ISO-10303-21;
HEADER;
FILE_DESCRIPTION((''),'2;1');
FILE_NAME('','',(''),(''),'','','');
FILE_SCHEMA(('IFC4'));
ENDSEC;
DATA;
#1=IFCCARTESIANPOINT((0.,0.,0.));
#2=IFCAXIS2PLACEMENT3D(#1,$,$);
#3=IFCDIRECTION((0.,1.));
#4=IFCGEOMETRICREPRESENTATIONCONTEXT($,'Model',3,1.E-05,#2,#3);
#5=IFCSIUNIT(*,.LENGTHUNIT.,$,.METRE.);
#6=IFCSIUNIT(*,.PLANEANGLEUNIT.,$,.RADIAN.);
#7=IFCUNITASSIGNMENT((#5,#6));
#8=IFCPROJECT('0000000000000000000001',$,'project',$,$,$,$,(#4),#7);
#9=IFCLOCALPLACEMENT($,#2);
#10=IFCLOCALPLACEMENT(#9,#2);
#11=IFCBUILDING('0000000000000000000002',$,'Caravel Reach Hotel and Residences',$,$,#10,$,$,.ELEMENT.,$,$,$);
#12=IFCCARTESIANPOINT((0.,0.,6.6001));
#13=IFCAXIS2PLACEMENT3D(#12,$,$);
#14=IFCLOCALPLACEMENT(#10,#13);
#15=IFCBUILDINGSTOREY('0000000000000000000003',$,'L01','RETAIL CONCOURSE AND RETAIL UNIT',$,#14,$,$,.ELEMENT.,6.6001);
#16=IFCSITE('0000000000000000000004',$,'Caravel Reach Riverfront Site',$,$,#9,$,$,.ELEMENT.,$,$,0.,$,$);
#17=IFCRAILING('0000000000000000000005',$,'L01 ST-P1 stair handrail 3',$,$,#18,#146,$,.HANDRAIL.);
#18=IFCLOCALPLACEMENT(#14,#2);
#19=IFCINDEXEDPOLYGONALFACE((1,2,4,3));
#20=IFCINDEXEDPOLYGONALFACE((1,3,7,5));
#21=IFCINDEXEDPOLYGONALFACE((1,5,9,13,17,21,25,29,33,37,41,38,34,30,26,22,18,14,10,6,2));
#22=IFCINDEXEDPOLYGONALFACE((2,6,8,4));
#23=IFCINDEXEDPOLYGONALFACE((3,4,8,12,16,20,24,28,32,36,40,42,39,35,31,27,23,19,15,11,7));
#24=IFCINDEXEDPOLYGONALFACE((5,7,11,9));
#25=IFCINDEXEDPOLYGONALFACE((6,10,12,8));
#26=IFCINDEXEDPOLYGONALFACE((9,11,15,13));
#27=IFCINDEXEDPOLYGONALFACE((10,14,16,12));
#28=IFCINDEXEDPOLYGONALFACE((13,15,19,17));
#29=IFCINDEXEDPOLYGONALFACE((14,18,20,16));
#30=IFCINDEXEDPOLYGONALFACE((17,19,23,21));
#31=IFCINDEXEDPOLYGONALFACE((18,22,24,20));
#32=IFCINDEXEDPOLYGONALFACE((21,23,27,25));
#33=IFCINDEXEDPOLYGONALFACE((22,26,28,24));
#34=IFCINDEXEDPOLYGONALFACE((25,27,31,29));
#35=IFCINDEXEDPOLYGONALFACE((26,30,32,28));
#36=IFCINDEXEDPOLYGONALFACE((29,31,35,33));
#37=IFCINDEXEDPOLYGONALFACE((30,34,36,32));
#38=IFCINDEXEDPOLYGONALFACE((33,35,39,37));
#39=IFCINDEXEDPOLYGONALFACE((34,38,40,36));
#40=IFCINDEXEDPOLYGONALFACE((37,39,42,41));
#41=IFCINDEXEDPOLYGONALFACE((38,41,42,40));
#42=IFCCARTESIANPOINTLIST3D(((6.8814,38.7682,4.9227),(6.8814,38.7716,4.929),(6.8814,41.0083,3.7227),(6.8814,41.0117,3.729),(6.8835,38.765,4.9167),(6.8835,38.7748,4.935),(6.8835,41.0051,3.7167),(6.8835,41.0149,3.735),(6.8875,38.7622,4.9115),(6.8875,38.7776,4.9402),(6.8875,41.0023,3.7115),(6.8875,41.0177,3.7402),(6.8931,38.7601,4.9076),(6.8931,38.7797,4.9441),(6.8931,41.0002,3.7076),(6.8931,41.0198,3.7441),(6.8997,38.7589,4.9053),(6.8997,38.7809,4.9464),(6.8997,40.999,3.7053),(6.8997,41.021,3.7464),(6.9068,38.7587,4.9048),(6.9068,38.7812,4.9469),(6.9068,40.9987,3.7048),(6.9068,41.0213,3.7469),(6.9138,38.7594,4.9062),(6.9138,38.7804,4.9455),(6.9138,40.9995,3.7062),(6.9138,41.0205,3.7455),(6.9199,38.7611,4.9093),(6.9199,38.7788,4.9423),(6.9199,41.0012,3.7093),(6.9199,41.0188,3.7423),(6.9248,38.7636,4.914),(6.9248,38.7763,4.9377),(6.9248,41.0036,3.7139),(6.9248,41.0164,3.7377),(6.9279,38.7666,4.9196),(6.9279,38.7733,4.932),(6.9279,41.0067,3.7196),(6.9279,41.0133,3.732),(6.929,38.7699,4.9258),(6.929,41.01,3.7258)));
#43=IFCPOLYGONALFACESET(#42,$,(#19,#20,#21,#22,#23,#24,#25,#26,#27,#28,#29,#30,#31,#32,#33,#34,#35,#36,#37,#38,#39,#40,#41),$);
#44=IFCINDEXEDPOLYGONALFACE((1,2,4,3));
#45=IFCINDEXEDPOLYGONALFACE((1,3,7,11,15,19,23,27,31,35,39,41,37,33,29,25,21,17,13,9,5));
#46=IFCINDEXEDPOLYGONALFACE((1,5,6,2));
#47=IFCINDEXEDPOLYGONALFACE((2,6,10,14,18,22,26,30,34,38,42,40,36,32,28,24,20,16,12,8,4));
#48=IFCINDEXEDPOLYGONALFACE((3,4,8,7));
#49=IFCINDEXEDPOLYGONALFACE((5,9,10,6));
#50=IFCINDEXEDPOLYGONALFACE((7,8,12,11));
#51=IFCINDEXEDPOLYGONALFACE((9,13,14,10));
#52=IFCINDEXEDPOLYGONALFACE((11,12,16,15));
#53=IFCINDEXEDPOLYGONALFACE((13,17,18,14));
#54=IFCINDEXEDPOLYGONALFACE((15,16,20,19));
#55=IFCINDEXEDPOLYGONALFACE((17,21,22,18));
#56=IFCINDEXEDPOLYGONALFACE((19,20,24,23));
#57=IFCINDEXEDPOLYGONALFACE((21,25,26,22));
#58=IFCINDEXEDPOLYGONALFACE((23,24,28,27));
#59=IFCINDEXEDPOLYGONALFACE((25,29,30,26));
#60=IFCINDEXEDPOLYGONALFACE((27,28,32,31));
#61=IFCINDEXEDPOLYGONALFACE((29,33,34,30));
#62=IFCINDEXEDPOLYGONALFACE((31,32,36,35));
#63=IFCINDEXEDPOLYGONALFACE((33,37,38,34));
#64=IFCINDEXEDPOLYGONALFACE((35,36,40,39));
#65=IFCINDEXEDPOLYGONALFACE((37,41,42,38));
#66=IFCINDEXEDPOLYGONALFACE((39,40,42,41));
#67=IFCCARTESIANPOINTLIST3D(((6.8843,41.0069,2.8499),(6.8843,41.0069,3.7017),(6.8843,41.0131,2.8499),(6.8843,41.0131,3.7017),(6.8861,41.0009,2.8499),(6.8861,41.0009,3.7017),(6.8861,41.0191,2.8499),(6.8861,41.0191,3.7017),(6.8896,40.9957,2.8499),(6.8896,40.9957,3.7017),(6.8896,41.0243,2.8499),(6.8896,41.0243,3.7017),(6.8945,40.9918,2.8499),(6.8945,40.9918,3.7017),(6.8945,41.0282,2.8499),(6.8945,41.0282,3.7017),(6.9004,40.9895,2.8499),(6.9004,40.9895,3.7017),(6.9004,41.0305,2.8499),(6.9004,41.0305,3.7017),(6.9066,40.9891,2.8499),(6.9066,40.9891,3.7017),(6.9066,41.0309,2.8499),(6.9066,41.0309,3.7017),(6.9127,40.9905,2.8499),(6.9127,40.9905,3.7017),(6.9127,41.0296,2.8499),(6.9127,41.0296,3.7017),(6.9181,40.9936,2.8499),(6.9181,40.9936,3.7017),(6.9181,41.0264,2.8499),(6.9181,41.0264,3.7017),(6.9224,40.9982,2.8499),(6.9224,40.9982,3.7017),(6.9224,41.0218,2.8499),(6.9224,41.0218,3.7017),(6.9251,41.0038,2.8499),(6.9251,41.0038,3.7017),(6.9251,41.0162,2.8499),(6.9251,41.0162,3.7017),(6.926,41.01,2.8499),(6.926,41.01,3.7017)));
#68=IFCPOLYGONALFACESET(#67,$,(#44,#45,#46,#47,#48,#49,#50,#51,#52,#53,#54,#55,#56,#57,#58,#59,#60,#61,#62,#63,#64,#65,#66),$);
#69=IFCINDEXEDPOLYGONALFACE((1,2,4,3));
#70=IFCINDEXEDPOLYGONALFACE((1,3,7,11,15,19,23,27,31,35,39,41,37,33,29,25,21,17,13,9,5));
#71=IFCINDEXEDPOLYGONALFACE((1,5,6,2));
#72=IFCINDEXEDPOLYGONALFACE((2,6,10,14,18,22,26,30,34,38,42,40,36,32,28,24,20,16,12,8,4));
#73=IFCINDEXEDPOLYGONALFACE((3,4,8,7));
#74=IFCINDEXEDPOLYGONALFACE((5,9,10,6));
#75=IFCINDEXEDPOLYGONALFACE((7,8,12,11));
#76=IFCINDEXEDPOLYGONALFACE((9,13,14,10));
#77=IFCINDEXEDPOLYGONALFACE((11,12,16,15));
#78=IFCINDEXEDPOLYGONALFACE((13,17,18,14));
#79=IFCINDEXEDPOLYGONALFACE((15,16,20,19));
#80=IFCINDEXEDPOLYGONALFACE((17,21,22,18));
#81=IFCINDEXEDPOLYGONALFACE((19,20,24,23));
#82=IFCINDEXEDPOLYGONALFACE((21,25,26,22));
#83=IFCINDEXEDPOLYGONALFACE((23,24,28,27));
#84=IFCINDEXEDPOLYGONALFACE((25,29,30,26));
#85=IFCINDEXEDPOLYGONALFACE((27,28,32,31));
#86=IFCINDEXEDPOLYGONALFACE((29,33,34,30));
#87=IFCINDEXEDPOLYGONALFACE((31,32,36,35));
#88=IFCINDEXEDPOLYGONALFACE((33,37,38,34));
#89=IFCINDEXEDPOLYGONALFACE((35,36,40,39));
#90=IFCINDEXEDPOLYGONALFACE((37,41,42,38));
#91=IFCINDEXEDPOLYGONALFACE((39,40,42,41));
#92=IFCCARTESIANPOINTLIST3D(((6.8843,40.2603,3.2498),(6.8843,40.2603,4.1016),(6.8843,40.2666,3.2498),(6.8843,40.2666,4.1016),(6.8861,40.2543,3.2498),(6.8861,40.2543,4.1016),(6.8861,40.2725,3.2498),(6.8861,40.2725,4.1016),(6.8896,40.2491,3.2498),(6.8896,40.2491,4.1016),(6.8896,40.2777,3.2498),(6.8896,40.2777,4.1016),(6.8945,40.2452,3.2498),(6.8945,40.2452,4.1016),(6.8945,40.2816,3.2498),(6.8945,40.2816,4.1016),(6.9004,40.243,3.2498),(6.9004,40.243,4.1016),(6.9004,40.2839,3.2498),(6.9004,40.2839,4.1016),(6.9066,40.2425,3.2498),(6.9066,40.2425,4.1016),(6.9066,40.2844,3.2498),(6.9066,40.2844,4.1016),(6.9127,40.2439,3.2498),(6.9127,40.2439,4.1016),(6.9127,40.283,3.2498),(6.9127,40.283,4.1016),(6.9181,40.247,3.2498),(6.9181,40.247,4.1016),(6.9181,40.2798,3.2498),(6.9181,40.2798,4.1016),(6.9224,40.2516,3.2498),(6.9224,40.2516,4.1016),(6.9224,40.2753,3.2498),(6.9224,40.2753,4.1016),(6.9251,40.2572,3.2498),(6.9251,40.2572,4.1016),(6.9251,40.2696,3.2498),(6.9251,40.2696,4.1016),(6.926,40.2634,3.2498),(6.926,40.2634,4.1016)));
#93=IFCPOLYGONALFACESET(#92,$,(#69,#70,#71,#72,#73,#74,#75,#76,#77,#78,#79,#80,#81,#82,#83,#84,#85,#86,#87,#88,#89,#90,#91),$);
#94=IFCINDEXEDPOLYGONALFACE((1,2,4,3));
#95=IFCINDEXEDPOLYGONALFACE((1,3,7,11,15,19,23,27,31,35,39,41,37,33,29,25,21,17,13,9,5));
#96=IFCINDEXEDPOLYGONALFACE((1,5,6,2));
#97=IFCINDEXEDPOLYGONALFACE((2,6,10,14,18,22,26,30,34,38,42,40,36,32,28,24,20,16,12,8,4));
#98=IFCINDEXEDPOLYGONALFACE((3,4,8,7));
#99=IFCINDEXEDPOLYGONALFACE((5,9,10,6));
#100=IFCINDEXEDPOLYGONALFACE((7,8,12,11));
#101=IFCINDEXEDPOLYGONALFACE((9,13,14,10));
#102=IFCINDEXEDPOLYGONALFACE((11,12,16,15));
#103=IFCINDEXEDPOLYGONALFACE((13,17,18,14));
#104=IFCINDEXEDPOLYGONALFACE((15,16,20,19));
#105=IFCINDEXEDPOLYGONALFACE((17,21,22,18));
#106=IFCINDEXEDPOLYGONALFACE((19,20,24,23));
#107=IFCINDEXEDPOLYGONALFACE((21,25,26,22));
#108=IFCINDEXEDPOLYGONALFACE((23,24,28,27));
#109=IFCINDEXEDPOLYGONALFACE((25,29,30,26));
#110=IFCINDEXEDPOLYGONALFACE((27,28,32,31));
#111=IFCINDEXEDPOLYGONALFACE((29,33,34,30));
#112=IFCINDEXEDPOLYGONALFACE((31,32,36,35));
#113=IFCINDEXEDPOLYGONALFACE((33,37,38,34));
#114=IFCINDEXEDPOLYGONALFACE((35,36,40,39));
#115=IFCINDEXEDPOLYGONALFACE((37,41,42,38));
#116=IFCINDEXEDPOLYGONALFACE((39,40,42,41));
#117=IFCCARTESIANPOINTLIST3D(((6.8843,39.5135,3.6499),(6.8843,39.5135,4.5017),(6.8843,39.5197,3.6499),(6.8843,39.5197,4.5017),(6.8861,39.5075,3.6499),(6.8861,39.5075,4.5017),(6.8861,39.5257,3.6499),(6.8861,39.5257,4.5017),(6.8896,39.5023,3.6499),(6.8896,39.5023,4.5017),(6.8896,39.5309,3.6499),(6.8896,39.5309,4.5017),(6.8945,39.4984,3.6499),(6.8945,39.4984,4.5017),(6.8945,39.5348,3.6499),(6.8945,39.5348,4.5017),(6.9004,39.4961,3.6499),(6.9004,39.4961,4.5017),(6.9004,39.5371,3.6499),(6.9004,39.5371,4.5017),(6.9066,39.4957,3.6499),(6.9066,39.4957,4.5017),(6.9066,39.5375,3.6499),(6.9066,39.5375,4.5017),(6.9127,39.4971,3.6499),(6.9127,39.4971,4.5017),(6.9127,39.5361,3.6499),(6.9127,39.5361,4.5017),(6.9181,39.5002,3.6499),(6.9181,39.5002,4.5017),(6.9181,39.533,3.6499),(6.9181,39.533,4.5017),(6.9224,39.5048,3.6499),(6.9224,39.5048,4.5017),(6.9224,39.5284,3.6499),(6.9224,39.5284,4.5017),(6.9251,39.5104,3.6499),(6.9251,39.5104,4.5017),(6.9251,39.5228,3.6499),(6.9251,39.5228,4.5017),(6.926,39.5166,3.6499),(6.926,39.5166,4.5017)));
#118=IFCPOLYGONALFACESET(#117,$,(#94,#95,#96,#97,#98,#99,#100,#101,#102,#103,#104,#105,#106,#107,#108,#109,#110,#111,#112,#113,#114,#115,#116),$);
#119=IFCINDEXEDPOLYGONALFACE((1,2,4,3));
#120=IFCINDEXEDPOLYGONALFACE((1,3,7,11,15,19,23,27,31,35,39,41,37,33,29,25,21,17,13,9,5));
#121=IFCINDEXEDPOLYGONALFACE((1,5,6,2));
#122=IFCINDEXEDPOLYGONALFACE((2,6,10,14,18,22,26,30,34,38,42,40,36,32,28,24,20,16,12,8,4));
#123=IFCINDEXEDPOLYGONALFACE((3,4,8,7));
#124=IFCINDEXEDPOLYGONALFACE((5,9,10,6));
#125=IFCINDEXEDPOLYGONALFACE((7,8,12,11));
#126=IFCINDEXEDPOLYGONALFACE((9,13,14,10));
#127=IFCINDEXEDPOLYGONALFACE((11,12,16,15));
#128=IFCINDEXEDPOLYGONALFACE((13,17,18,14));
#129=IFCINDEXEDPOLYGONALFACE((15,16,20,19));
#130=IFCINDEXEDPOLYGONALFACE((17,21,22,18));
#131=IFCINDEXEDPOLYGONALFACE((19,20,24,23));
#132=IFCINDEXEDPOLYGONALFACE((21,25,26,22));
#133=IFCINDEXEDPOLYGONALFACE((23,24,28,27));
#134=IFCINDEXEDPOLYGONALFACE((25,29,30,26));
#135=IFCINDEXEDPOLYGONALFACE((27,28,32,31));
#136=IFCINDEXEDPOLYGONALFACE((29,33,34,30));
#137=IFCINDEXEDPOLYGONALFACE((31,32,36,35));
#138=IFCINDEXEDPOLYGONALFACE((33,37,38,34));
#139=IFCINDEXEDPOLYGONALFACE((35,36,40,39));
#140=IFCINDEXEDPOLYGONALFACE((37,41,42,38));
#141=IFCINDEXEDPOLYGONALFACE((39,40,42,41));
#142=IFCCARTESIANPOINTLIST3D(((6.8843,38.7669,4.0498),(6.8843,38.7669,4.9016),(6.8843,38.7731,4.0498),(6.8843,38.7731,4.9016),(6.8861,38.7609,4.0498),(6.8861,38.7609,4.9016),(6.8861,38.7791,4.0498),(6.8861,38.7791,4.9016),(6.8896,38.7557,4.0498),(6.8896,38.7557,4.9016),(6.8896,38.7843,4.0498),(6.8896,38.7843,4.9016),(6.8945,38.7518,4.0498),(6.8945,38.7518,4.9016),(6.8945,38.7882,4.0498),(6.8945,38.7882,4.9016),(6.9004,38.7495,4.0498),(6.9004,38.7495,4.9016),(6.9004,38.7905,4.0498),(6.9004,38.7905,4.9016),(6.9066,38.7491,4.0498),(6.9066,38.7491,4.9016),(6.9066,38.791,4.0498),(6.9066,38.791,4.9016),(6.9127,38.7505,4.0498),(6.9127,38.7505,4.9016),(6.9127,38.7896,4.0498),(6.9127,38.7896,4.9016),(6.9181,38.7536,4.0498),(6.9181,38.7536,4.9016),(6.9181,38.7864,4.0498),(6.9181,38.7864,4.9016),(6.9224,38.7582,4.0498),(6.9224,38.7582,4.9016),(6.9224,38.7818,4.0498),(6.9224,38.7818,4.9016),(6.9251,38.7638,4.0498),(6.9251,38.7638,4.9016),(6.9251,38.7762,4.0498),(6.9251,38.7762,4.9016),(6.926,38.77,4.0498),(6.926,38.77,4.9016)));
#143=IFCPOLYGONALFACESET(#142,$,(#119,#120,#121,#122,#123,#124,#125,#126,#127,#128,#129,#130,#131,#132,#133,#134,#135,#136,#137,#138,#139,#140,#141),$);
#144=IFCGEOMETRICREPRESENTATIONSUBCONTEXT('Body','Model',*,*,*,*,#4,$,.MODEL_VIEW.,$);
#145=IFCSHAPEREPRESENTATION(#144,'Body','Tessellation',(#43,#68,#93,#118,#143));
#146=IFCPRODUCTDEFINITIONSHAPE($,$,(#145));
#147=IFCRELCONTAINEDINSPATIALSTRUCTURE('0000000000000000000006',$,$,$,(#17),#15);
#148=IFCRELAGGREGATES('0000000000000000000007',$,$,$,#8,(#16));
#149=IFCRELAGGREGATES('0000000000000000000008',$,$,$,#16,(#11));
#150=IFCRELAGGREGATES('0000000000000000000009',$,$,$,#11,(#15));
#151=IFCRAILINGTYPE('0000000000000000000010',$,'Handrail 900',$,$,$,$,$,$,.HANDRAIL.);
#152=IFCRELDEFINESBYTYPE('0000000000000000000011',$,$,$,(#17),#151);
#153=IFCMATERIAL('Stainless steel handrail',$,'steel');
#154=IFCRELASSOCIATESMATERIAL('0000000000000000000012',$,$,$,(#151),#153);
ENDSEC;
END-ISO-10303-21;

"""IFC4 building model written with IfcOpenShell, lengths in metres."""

from ifc_helpers import new_model, si_unit, direction, frame, origin, origin_2d, place, context, subcontext, project, spatial, circle, extrude, material, type_object, element, save


model = new_model("IFC4")

# Units and contexts
model_context = context("Model", 3, precision=1e-05, world=origin(), true_north=direction((0.0, 1.0)))
body_context = subcontext(model_context, "Body", "Model", "MODEL_VIEW")
ifc_project = project(units=[si_unit("LENGTHUNIT", "METRE"), si_unit("PLANEANGLEUNIT", "RADIAN")], contexts=[model_context])

# Site, building, storey
site_placement = place(None, origin())
site = spatial("IfcSite", under=ifc_project, at=site_placement, Name="Caravel Reach Riverfront Site", CompositionType="ELEMENT", RefElevation=0.0)
building_placement = place(site_placement, origin())
building = spatial("IfcBuilding", under=site, at=building_placement, Name="Caravel Reach Hotel and Residences", CompositionType="ELEMENT")
storey_placement = place(building_placement, frame((0.0, 0.0, 6.6001)))
storey = spatial("IfcBuildingStorey", under=building, at=storey_placement, Name="L01", Description="RETAIL CONCOURSE AND RETAIL UNIT", CompositionType="ELEMENT", Elevation=6.6001)

# Railing
ifc_material_1 = material(Name="Stainless steel handrail", Category="steel")
railing_type_1 = type_object("IfcRailingType", Name="Handrail 900", PredefinedType="HANDRAIL", material=ifc_material_1)
railing_1_placement = place(storey_placement, frame((6.905, 41.01, 2.8499)))
element("IfcRailing", 1, at=railing_1_placement, inside=storey, type_object=railing_type_1, Name="L01 ST-P1 stair handrail 3", PredefinedType="HANDRAIL", context=body_context, shape_type="SweptSolid", body=[
    extrude(circle(Radius=0.0239, at=origin_2d()), frame((0.0, 0.0, 0.876), z_axis=(0.0, -0.881487, 0.472208), x_axis=(1.0, 0.0, 0.0)), (0.0, 0.0, 1.0), 2.5413),
    extrude(circle(Radius=0.021, at=origin_2d()), origin(), (0.0, 0.0, 1.0), 0.8518),
    extrude(circle(Radius=0.021, at=origin_2d()), frame((0.0, -0.7466, 0.3999)), (0.0, 0.0, 1.0), 0.8518),
    extrude(circle(Radius=0.021, at=origin_2d()), frame((0.0, -1.4934, 0.8)), (0.0, 0.0, 1.0), 0.8518),
    extrude(circle(Radius=0.021, at=origin_2d()), frame((0.0, -2.24, 1.2)), (0.0, 0.0, 1.0), 0.8518),
])

save(model, "model.ifc")
